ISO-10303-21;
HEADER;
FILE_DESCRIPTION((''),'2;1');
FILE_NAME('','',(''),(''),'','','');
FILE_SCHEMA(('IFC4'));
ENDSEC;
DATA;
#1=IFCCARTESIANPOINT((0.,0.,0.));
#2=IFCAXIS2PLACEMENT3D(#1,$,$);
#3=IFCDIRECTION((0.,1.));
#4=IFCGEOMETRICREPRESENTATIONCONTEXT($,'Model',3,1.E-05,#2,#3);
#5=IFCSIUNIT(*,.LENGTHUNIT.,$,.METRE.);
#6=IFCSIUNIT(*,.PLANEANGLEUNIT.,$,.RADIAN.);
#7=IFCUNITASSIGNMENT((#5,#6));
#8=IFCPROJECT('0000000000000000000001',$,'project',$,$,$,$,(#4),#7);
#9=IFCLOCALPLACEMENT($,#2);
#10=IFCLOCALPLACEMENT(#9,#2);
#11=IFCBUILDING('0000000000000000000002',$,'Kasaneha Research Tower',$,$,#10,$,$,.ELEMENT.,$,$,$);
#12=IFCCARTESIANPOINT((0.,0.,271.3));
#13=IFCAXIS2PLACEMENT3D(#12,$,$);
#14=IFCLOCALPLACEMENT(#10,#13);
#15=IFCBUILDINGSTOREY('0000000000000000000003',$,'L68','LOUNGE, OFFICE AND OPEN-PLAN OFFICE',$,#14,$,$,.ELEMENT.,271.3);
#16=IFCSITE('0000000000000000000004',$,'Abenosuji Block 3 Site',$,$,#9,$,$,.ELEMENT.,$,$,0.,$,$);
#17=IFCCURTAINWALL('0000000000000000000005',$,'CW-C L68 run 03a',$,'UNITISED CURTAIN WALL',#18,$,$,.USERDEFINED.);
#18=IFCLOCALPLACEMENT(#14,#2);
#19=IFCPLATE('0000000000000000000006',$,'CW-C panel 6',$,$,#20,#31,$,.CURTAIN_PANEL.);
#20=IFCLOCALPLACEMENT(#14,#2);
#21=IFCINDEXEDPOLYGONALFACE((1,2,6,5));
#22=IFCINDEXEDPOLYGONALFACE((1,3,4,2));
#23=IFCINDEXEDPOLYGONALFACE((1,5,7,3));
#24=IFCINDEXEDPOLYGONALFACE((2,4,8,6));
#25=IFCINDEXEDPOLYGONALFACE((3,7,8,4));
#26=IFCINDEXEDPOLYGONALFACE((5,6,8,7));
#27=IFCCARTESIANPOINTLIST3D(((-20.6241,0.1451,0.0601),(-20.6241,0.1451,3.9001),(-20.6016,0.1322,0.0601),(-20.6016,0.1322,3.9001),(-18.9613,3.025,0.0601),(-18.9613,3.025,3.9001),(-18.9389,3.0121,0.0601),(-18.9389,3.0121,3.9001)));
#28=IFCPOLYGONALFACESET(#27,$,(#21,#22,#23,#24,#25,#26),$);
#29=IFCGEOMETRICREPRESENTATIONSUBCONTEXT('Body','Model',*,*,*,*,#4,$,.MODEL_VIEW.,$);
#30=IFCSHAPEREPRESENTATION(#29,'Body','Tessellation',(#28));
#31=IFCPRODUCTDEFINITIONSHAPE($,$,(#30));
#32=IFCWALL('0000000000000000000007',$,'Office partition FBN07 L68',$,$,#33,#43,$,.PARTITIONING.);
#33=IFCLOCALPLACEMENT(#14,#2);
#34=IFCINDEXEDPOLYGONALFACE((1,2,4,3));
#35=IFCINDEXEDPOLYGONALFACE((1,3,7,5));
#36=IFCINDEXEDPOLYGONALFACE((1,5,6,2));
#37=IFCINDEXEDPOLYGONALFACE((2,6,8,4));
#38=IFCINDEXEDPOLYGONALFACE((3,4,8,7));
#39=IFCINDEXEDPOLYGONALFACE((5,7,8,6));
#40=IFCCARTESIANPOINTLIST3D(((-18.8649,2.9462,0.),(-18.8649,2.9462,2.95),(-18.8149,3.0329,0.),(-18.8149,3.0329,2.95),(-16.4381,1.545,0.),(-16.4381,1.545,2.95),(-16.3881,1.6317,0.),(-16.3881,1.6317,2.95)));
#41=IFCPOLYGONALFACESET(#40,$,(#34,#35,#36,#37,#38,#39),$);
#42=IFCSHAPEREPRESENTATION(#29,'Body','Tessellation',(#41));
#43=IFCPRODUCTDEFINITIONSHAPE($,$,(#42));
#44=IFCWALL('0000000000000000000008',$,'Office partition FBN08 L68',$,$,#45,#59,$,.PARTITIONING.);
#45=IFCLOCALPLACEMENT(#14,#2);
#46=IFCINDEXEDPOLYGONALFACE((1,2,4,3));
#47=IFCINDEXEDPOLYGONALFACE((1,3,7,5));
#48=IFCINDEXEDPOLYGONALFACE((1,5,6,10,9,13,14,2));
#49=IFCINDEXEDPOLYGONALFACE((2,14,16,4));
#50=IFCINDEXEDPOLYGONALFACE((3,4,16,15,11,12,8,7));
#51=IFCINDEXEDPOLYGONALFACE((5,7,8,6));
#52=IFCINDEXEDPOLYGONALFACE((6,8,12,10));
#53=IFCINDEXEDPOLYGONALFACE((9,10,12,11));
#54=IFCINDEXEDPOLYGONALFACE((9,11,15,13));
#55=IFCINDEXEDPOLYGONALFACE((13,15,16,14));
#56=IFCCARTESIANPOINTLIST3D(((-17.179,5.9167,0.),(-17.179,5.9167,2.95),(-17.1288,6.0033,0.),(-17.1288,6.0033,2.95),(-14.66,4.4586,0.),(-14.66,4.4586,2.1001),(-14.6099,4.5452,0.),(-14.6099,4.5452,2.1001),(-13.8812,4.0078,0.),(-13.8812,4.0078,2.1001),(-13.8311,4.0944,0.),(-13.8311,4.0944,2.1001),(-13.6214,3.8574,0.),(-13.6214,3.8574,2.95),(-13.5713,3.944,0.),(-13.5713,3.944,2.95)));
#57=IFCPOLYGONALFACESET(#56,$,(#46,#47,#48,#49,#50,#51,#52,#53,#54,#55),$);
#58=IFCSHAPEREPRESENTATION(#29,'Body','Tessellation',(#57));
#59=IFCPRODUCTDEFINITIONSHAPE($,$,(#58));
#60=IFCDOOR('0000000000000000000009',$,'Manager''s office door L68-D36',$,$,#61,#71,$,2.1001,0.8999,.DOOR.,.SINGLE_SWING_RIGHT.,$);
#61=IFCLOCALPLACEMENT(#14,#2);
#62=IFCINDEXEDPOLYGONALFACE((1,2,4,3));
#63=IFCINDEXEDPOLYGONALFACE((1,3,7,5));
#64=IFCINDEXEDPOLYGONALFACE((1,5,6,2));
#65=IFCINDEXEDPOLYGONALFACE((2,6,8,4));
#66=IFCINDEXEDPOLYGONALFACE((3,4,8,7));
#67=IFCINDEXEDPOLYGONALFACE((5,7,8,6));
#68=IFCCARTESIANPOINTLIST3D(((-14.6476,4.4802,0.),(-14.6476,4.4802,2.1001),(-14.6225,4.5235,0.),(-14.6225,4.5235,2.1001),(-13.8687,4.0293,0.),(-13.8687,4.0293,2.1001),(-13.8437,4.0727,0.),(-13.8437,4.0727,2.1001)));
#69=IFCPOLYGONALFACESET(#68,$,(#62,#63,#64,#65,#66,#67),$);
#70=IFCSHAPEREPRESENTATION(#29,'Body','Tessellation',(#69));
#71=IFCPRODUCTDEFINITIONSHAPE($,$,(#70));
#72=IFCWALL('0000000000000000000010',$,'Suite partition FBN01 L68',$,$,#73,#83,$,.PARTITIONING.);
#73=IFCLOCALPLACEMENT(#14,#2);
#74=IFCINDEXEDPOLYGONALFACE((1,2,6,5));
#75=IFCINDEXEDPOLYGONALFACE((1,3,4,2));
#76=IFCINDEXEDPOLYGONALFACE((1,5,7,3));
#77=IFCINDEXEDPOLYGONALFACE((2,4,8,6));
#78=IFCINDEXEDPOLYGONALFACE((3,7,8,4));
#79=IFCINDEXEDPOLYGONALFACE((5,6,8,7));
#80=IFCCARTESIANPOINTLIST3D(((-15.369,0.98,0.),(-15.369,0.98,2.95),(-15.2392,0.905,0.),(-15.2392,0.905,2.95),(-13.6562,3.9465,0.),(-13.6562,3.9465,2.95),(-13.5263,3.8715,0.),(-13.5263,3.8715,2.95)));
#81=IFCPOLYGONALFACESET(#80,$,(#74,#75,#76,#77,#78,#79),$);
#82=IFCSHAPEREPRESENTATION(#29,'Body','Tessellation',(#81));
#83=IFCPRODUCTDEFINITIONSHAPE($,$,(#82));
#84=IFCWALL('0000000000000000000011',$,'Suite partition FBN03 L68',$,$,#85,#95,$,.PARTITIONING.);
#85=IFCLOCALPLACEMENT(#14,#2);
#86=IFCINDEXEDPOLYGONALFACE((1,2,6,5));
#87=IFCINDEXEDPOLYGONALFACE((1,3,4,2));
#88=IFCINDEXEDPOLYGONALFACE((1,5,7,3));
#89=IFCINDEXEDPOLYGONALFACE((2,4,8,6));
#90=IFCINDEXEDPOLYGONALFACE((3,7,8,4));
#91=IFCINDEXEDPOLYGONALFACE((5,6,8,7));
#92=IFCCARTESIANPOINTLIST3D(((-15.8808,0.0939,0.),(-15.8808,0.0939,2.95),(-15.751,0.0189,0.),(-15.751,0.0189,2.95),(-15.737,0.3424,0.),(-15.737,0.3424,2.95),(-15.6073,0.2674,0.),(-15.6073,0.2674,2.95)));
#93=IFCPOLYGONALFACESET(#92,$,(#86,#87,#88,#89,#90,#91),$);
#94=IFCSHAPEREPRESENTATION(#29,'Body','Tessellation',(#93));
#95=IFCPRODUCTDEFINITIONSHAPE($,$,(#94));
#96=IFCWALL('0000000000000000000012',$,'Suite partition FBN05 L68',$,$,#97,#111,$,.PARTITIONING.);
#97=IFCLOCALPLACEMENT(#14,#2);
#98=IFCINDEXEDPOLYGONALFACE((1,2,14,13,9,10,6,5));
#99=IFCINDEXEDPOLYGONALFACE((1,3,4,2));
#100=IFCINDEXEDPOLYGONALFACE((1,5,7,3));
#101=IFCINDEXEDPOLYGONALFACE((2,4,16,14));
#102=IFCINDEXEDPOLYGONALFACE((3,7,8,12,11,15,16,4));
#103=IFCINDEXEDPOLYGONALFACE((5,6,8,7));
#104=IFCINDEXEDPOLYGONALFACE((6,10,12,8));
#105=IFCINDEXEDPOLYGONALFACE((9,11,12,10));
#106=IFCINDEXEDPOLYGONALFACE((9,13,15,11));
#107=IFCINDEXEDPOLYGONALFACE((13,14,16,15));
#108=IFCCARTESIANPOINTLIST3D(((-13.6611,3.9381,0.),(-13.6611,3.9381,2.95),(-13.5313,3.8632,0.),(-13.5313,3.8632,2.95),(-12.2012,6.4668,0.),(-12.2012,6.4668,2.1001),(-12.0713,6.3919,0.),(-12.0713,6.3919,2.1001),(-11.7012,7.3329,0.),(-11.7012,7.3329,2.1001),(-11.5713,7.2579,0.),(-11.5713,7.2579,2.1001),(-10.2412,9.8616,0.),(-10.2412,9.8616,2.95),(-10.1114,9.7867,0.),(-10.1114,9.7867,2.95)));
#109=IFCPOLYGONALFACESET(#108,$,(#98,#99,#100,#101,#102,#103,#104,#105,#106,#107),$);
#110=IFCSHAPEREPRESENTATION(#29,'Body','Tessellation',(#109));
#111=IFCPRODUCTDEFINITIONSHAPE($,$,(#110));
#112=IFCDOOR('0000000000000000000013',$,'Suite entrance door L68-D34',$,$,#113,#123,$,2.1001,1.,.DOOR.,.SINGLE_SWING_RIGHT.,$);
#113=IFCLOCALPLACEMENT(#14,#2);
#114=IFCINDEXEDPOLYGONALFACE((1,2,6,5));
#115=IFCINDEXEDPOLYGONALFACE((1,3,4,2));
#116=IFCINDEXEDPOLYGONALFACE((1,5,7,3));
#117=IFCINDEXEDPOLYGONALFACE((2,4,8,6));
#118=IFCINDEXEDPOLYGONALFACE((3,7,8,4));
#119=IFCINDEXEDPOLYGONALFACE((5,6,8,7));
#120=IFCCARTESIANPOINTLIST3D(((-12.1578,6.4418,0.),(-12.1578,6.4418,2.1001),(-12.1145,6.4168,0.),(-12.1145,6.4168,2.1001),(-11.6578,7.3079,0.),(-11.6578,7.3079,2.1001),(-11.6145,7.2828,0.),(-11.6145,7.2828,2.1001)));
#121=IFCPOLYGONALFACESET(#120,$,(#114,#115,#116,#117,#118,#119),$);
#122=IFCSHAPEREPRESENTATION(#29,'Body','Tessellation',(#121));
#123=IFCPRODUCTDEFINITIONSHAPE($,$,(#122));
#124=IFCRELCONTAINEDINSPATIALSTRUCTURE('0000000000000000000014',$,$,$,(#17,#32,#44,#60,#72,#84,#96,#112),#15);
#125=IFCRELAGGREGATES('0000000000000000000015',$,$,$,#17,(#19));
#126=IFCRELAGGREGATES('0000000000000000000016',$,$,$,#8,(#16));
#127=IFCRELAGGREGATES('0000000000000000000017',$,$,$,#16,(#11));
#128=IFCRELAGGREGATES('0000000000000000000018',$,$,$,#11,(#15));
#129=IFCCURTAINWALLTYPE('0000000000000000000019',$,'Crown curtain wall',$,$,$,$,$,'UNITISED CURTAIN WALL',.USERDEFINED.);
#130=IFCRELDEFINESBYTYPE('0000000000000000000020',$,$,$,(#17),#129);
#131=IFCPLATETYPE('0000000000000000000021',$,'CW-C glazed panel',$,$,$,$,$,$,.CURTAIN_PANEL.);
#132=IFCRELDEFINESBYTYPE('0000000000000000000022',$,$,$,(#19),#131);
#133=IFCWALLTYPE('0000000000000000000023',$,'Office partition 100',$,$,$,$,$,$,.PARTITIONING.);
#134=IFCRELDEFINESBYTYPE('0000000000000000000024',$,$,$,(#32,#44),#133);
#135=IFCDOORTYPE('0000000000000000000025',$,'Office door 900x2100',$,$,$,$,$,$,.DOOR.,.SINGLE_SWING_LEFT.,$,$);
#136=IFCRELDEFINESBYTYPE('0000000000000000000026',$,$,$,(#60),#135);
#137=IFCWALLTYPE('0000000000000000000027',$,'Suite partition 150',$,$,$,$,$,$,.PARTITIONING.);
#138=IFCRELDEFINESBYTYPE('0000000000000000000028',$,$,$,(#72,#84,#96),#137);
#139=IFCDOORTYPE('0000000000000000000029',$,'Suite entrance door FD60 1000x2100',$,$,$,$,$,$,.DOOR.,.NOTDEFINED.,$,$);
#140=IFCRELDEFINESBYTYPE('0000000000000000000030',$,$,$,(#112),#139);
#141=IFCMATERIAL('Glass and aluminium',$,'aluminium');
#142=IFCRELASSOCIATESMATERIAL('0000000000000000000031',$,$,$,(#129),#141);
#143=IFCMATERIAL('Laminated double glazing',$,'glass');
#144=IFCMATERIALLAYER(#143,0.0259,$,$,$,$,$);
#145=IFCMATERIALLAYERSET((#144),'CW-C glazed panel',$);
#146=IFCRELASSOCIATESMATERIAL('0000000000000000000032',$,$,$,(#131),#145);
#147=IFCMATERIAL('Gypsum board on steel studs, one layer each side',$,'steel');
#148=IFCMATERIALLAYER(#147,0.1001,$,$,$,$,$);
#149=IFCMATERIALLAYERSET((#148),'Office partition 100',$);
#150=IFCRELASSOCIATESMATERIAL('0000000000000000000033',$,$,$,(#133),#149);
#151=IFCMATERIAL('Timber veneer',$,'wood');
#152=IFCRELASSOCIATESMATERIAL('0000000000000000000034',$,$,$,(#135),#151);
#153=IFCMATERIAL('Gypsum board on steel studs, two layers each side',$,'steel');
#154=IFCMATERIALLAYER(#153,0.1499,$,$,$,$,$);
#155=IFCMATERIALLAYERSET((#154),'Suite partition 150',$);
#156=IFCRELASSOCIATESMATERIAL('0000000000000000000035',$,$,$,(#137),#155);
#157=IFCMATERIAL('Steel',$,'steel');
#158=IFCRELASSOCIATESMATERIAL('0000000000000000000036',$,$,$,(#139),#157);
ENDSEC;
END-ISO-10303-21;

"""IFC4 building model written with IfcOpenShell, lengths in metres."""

from ifc_helpers import new_model, si_unit, direction, frame, frame_2d, origin, origin_2d, place, context, subcontext, project, spatial, rectangle, extrude, material, layer, layer_set, type_object, element, fill, aggregate, save


model = new_model("IFC4")

# Units and contexts
model_context = context("Model", 3, precision=1e-05, world=origin(), true_north=direction((0.0, 1.0)))
body_context = subcontext(model_context, "Body", "Model", "MODEL_VIEW")
ifc_project = project(units=[si_unit("LENGTHUNIT", "METRE"), si_unit("PLANEANGLEUNIT", "RADIAN")], contexts=[model_context])

# Site, building, storey
site_placement = place(None, origin())
site = spatial("IfcSite", under=ifc_project, at=site_placement, Name="Abenosuji Block 3 Site", CompositionType="ELEMENT", RefElevation=0.0)
building_placement = place(site_placement, origin())
building = spatial("IfcBuilding", under=site, at=building_placement, Name="Kasaneha Research Tower", CompositionType="ELEMENT")
storey_placement = place(building_placement, frame((0.0, 0.0, 271.3)))
storey = spatial("IfcBuildingStorey", under=building, at=storey_placement, Name="L68", Description="LOUNGE, OFFICE AND OPEN-PLAN OFFICE", CompositionType="ELEMENT", Elevation=271.3)

# Curtain wall
ifc_material_1 = material(Name="Glass and aluminium", Category="aluminium")
curtain_wall_type = type_object("IfcCurtainWallType", Name="Crown curtain wall", ElementType="UNITISED CURTAIN WALL", PredefinedType="USERDEFINED", material=ifc_material_1)
curtain_wall_placement = place(storey_placement, origin())
curtain_wall = element("IfcCurtainWall", 1, at=curtain_wall_placement, inside=storey, type_object=curtain_wall_type, Name="CW-C L68 run 03a", ObjectType="UNITISED CURTAIN WALL", PredefinedType="USERDEFINED")

# Plate
ifc_material_2 = material(Name="Laminated double glazing", Category="glass")
ifc_layer_1 = layer(ifc_material_2, 0.0259)
ifc_layer_set_1 = layer_set([ifc_layer_1], Name="CW-C glazed panel")
plate_type = type_object("IfcPlateType", Name="CW-C glazed panel", PredefinedType="CURTAIN_PANEL", material=ifc_layer_set_1)
plate_1_placement = place(storey_placement, frame((-19.7815, 1.5786, 0.0601), z_axis=(0.0, 0.0, 1.0), x_axis=(-0.5, -0.866025, 0.0)))
plate_1 = element("IfcPlate", 2, at=plate_1_placement, type_object=plate_type, Name="CW-C panel 6", PredefinedType="CURTAIN_PANEL", context=body_context, shape_type="SweptSolid", body=[
    extrude(rectangle(XDim=3.3254, YDim=0.0259, at=origin_2d()), origin(), (0.0, 0.0, 1.0), 3.8401),
])
aggregate(curtain_wall, [plate_1])

# Wall
ifc_material_3 = material(Name="Gypsum board on steel studs, one layer each side", Category="steel")
ifc_layer_2 = layer(ifc_material_3, 0.1001)
ifc_layer_set_2 = layer_set([ifc_layer_2], Name="Office partition 100")
wall_type_1 = type_object("IfcWallType", Name="Office partition 100", PredefinedType="PARTITIONING", material=ifc_layer_set_2)
wall_1_placement = place(storey_placement, frame((-16.4131, 1.5884, 0.0), z_axis=(0.0, 0.0, 1.0), x_axis=(-0.86602, 0.500009, 0.0)))
element("IfcWall", 3, at=wall_1_placement, inside=storey, type_object=wall_type_1, Name="Office partition FBN07 L68", PredefinedType="PARTITIONING", context=body_context, shape_type="SweptSolid", body=[
    extrude(rectangle(XDim=2.8022, YDim=0.1001, at=frame_2d((1.4011, 0.0))), origin(), (0.0, 0.0, 1.0), 2.95),
])

# Wall, opening, door
wall_2_placement = place(storey_placement, frame((-17.1538, 5.96, 0.0), z_axis=(0.0, 0.0, 1.0), x_axis=(0.865463, -0.500973, 0.0)))
wall_2 = element("IfcWall", 4, at=wall_2_placement, inside=storey, type_object=wall_type_1, Name="Office partition FBN08 L68", PredefinedType="PARTITIONING", context=body_context, shape_type="SweptSolid", body=[
    extrude(rectangle(XDim=4.1106, YDim=0.1001, at=frame_2d((2.0552, 0.0))), origin(), (0.0, 0.0, 1.0), 2.95),
])
opening_1_placement = place(wall_2_placement, frame((2.9104, 0.0, 0.0)))
opening_1 = element("IfcOpeningElement", 5, at=opening_1_placement, cuts=wall_2, PredefinedType="OPENING", context=body_context, shape_type="SweptSolid", body=[
    extrude(rectangle(XDim=0.8999, YDim=2.1001, at=frame_2d((0.45, 1.05))), frame((0.0, 0.0601, 0.0), z_axis=(0.0, -1.0, 0.0), x_axis=(1.0, 0.0, 0.0)), (0.0, 0.0, 1.0), 0.1201),
])
ifc_material_4 = material(Name="Timber veneer", Category="wood")
door_type_1 = type_object("IfcDoorType", Name="Office door 900x2100", OperationType="SINGLE_SWING_LEFT", PredefinedType="DOOR", material=ifc_material_4)
door_1_placement = place(opening_1_placement, origin())
door_1 = element("IfcDoor", 6, at=door_1_placement, inside=storey, type_object=door_type_1, Name="Manager's office door L68-D36", OperationType="SINGLE_SWING_RIGHT", OverallHeight=2.1001, OverallWidth=0.8999, PredefinedType="DOOR", context=body_context, shape_type="SweptSolid", body=[
    extrude(rectangle(XDim=0.8999, YDim=2.1001, at=frame_2d((0.45, 1.05))), frame((0.0, 0.0249, 0.0), z_axis=(0.0, -1.0, 0.0), x_axis=(1.0, 0.0, 0.0)), (0.0, 0.0, 1.0), 0.05),
])
fill(opening_1, door_1)

# Walls
ifc_material_5 = material(Name="Gypsum board on steel studs, two layers each side", Category="steel")
ifc_layer_3 = layer(ifc_material_5, 0.1499)
ifc_layer_set_3 = layer_set([ifc_layer_3], Name="Suite partition 150")
wall_type_2 = type_object("IfcWallType", Name="Suite partition 150", PredefinedType="PARTITIONING", material=ifc_layer_set_3)
wall_3_placement = place(storey_placement, frame((-15.3042, 0.9424, 0.0), z_axis=(0.0, 0.0, 1.0), x_axis=(0.500033, 0.866006, 0.0)))
element("IfcWall", 7, at=wall_3_placement, inside=storey, type_object=wall_type_2, Name="Suite partition FBN01 L68", PredefinedType="PARTITIONING", context=body_context, shape_type="SweptSolid", body=[
    extrude(rectangle(XDim=3.4255, YDim=0.1499, at=frame_2d((1.7129, 0.0))), origin(), (0.0, 0.0, 1.0), 2.95),
])
wall_4_placement = place(storey_placement, frame((-15.8159, 0.0564, 0.0), z_axis=(0.0, 0.0, 1.0), x_axis=(0.500802, 0.865562, 0.0)))
element("IfcWall", 8, at=wall_4_placement, inside=storey, type_object=wall_type_2, Name="Suite partition FBN03 L68", PredefinedType="PARTITIONING", context=body_context, shape_type="SweptSolid", body=[
    extrude(rectangle(XDim=0.2871, YDim=0.1499, at=frame_2d((0.1436, 0.0))), origin(), (0.0, 0.0, 1.0), 2.95),
])

# Wall, opening, door
wall_5_placement = place(storey_placement, frame((-13.5962, 3.9006, 0.0), z_axis=(0.0, 0.0, 1.0), x_axis=(0.499993, 0.866029, 0.0)))
wall_5 = element("IfcWall", 9, at=wall_5_placement, inside=storey, type_object=wall_type_2, Name="Suite partition FBN05 L68", PredefinedType="PARTITIONING", context=body_context, shape_type="SweptSolid", body=[
    extrude(rectangle(XDim=6.8398, YDim=0.1499, at=frame_2d((3.4199, 0.0))), origin(), (0.0, 0.0, 1.0), 2.95),
])
opening_2_placement = place(wall_5_placement, frame((2.9199, 0.0, 0.0)))
opening_2 = element("IfcOpeningElement", 10, at=opening_2_placement, cuts=wall_5, PredefinedType="OPENING", context=body_context, shape_type="SweptSolid", body=[
    extrude(rectangle(XDim=1.0, YDim=2.1001, at=frame_2d((0.5, 1.05))), frame((0.0, 0.085, 0.0), z_axis=(0.0, -1.0, 0.0), x_axis=(1.0, 0.0, 0.0)), (0.0, 0.0, 1.0), 0.1699),
])
ifc_material_6 = material(Name="Steel", Category="steel")
door_type_2 = type_object("IfcDoorType", Name="Suite entrance door FD60 1000x2100", OperationType="NOTDEFINED", PredefinedType="DOOR", material=ifc_material_6)
door_2_placement = place(opening_2_placement, origin())
door_2 = element("IfcDoor", 11, at=door_2_placement, inside=storey, type_object=door_type_2, Name="Suite entrance door L68-D34", OperationType="SINGLE_SWING_RIGHT", OverallHeight=2.1001, OverallWidth=1.0, PredefinedType="DOOR", context=body_context, shape_type="SweptSolid", body=[
    extrude(rectangle(XDim=1.0, YDim=2.1001, at=frame_2d((0.5, 1.05))), frame((0.0, 0.0249, 0.0), z_axis=(0.0, -1.0, 0.0), x_axis=(1.0, 0.0, 0.0)), (0.0, 0.0, 1.0), 0.05),
])
fill(opening_2, door_2)

save(model, "model.ifc")
